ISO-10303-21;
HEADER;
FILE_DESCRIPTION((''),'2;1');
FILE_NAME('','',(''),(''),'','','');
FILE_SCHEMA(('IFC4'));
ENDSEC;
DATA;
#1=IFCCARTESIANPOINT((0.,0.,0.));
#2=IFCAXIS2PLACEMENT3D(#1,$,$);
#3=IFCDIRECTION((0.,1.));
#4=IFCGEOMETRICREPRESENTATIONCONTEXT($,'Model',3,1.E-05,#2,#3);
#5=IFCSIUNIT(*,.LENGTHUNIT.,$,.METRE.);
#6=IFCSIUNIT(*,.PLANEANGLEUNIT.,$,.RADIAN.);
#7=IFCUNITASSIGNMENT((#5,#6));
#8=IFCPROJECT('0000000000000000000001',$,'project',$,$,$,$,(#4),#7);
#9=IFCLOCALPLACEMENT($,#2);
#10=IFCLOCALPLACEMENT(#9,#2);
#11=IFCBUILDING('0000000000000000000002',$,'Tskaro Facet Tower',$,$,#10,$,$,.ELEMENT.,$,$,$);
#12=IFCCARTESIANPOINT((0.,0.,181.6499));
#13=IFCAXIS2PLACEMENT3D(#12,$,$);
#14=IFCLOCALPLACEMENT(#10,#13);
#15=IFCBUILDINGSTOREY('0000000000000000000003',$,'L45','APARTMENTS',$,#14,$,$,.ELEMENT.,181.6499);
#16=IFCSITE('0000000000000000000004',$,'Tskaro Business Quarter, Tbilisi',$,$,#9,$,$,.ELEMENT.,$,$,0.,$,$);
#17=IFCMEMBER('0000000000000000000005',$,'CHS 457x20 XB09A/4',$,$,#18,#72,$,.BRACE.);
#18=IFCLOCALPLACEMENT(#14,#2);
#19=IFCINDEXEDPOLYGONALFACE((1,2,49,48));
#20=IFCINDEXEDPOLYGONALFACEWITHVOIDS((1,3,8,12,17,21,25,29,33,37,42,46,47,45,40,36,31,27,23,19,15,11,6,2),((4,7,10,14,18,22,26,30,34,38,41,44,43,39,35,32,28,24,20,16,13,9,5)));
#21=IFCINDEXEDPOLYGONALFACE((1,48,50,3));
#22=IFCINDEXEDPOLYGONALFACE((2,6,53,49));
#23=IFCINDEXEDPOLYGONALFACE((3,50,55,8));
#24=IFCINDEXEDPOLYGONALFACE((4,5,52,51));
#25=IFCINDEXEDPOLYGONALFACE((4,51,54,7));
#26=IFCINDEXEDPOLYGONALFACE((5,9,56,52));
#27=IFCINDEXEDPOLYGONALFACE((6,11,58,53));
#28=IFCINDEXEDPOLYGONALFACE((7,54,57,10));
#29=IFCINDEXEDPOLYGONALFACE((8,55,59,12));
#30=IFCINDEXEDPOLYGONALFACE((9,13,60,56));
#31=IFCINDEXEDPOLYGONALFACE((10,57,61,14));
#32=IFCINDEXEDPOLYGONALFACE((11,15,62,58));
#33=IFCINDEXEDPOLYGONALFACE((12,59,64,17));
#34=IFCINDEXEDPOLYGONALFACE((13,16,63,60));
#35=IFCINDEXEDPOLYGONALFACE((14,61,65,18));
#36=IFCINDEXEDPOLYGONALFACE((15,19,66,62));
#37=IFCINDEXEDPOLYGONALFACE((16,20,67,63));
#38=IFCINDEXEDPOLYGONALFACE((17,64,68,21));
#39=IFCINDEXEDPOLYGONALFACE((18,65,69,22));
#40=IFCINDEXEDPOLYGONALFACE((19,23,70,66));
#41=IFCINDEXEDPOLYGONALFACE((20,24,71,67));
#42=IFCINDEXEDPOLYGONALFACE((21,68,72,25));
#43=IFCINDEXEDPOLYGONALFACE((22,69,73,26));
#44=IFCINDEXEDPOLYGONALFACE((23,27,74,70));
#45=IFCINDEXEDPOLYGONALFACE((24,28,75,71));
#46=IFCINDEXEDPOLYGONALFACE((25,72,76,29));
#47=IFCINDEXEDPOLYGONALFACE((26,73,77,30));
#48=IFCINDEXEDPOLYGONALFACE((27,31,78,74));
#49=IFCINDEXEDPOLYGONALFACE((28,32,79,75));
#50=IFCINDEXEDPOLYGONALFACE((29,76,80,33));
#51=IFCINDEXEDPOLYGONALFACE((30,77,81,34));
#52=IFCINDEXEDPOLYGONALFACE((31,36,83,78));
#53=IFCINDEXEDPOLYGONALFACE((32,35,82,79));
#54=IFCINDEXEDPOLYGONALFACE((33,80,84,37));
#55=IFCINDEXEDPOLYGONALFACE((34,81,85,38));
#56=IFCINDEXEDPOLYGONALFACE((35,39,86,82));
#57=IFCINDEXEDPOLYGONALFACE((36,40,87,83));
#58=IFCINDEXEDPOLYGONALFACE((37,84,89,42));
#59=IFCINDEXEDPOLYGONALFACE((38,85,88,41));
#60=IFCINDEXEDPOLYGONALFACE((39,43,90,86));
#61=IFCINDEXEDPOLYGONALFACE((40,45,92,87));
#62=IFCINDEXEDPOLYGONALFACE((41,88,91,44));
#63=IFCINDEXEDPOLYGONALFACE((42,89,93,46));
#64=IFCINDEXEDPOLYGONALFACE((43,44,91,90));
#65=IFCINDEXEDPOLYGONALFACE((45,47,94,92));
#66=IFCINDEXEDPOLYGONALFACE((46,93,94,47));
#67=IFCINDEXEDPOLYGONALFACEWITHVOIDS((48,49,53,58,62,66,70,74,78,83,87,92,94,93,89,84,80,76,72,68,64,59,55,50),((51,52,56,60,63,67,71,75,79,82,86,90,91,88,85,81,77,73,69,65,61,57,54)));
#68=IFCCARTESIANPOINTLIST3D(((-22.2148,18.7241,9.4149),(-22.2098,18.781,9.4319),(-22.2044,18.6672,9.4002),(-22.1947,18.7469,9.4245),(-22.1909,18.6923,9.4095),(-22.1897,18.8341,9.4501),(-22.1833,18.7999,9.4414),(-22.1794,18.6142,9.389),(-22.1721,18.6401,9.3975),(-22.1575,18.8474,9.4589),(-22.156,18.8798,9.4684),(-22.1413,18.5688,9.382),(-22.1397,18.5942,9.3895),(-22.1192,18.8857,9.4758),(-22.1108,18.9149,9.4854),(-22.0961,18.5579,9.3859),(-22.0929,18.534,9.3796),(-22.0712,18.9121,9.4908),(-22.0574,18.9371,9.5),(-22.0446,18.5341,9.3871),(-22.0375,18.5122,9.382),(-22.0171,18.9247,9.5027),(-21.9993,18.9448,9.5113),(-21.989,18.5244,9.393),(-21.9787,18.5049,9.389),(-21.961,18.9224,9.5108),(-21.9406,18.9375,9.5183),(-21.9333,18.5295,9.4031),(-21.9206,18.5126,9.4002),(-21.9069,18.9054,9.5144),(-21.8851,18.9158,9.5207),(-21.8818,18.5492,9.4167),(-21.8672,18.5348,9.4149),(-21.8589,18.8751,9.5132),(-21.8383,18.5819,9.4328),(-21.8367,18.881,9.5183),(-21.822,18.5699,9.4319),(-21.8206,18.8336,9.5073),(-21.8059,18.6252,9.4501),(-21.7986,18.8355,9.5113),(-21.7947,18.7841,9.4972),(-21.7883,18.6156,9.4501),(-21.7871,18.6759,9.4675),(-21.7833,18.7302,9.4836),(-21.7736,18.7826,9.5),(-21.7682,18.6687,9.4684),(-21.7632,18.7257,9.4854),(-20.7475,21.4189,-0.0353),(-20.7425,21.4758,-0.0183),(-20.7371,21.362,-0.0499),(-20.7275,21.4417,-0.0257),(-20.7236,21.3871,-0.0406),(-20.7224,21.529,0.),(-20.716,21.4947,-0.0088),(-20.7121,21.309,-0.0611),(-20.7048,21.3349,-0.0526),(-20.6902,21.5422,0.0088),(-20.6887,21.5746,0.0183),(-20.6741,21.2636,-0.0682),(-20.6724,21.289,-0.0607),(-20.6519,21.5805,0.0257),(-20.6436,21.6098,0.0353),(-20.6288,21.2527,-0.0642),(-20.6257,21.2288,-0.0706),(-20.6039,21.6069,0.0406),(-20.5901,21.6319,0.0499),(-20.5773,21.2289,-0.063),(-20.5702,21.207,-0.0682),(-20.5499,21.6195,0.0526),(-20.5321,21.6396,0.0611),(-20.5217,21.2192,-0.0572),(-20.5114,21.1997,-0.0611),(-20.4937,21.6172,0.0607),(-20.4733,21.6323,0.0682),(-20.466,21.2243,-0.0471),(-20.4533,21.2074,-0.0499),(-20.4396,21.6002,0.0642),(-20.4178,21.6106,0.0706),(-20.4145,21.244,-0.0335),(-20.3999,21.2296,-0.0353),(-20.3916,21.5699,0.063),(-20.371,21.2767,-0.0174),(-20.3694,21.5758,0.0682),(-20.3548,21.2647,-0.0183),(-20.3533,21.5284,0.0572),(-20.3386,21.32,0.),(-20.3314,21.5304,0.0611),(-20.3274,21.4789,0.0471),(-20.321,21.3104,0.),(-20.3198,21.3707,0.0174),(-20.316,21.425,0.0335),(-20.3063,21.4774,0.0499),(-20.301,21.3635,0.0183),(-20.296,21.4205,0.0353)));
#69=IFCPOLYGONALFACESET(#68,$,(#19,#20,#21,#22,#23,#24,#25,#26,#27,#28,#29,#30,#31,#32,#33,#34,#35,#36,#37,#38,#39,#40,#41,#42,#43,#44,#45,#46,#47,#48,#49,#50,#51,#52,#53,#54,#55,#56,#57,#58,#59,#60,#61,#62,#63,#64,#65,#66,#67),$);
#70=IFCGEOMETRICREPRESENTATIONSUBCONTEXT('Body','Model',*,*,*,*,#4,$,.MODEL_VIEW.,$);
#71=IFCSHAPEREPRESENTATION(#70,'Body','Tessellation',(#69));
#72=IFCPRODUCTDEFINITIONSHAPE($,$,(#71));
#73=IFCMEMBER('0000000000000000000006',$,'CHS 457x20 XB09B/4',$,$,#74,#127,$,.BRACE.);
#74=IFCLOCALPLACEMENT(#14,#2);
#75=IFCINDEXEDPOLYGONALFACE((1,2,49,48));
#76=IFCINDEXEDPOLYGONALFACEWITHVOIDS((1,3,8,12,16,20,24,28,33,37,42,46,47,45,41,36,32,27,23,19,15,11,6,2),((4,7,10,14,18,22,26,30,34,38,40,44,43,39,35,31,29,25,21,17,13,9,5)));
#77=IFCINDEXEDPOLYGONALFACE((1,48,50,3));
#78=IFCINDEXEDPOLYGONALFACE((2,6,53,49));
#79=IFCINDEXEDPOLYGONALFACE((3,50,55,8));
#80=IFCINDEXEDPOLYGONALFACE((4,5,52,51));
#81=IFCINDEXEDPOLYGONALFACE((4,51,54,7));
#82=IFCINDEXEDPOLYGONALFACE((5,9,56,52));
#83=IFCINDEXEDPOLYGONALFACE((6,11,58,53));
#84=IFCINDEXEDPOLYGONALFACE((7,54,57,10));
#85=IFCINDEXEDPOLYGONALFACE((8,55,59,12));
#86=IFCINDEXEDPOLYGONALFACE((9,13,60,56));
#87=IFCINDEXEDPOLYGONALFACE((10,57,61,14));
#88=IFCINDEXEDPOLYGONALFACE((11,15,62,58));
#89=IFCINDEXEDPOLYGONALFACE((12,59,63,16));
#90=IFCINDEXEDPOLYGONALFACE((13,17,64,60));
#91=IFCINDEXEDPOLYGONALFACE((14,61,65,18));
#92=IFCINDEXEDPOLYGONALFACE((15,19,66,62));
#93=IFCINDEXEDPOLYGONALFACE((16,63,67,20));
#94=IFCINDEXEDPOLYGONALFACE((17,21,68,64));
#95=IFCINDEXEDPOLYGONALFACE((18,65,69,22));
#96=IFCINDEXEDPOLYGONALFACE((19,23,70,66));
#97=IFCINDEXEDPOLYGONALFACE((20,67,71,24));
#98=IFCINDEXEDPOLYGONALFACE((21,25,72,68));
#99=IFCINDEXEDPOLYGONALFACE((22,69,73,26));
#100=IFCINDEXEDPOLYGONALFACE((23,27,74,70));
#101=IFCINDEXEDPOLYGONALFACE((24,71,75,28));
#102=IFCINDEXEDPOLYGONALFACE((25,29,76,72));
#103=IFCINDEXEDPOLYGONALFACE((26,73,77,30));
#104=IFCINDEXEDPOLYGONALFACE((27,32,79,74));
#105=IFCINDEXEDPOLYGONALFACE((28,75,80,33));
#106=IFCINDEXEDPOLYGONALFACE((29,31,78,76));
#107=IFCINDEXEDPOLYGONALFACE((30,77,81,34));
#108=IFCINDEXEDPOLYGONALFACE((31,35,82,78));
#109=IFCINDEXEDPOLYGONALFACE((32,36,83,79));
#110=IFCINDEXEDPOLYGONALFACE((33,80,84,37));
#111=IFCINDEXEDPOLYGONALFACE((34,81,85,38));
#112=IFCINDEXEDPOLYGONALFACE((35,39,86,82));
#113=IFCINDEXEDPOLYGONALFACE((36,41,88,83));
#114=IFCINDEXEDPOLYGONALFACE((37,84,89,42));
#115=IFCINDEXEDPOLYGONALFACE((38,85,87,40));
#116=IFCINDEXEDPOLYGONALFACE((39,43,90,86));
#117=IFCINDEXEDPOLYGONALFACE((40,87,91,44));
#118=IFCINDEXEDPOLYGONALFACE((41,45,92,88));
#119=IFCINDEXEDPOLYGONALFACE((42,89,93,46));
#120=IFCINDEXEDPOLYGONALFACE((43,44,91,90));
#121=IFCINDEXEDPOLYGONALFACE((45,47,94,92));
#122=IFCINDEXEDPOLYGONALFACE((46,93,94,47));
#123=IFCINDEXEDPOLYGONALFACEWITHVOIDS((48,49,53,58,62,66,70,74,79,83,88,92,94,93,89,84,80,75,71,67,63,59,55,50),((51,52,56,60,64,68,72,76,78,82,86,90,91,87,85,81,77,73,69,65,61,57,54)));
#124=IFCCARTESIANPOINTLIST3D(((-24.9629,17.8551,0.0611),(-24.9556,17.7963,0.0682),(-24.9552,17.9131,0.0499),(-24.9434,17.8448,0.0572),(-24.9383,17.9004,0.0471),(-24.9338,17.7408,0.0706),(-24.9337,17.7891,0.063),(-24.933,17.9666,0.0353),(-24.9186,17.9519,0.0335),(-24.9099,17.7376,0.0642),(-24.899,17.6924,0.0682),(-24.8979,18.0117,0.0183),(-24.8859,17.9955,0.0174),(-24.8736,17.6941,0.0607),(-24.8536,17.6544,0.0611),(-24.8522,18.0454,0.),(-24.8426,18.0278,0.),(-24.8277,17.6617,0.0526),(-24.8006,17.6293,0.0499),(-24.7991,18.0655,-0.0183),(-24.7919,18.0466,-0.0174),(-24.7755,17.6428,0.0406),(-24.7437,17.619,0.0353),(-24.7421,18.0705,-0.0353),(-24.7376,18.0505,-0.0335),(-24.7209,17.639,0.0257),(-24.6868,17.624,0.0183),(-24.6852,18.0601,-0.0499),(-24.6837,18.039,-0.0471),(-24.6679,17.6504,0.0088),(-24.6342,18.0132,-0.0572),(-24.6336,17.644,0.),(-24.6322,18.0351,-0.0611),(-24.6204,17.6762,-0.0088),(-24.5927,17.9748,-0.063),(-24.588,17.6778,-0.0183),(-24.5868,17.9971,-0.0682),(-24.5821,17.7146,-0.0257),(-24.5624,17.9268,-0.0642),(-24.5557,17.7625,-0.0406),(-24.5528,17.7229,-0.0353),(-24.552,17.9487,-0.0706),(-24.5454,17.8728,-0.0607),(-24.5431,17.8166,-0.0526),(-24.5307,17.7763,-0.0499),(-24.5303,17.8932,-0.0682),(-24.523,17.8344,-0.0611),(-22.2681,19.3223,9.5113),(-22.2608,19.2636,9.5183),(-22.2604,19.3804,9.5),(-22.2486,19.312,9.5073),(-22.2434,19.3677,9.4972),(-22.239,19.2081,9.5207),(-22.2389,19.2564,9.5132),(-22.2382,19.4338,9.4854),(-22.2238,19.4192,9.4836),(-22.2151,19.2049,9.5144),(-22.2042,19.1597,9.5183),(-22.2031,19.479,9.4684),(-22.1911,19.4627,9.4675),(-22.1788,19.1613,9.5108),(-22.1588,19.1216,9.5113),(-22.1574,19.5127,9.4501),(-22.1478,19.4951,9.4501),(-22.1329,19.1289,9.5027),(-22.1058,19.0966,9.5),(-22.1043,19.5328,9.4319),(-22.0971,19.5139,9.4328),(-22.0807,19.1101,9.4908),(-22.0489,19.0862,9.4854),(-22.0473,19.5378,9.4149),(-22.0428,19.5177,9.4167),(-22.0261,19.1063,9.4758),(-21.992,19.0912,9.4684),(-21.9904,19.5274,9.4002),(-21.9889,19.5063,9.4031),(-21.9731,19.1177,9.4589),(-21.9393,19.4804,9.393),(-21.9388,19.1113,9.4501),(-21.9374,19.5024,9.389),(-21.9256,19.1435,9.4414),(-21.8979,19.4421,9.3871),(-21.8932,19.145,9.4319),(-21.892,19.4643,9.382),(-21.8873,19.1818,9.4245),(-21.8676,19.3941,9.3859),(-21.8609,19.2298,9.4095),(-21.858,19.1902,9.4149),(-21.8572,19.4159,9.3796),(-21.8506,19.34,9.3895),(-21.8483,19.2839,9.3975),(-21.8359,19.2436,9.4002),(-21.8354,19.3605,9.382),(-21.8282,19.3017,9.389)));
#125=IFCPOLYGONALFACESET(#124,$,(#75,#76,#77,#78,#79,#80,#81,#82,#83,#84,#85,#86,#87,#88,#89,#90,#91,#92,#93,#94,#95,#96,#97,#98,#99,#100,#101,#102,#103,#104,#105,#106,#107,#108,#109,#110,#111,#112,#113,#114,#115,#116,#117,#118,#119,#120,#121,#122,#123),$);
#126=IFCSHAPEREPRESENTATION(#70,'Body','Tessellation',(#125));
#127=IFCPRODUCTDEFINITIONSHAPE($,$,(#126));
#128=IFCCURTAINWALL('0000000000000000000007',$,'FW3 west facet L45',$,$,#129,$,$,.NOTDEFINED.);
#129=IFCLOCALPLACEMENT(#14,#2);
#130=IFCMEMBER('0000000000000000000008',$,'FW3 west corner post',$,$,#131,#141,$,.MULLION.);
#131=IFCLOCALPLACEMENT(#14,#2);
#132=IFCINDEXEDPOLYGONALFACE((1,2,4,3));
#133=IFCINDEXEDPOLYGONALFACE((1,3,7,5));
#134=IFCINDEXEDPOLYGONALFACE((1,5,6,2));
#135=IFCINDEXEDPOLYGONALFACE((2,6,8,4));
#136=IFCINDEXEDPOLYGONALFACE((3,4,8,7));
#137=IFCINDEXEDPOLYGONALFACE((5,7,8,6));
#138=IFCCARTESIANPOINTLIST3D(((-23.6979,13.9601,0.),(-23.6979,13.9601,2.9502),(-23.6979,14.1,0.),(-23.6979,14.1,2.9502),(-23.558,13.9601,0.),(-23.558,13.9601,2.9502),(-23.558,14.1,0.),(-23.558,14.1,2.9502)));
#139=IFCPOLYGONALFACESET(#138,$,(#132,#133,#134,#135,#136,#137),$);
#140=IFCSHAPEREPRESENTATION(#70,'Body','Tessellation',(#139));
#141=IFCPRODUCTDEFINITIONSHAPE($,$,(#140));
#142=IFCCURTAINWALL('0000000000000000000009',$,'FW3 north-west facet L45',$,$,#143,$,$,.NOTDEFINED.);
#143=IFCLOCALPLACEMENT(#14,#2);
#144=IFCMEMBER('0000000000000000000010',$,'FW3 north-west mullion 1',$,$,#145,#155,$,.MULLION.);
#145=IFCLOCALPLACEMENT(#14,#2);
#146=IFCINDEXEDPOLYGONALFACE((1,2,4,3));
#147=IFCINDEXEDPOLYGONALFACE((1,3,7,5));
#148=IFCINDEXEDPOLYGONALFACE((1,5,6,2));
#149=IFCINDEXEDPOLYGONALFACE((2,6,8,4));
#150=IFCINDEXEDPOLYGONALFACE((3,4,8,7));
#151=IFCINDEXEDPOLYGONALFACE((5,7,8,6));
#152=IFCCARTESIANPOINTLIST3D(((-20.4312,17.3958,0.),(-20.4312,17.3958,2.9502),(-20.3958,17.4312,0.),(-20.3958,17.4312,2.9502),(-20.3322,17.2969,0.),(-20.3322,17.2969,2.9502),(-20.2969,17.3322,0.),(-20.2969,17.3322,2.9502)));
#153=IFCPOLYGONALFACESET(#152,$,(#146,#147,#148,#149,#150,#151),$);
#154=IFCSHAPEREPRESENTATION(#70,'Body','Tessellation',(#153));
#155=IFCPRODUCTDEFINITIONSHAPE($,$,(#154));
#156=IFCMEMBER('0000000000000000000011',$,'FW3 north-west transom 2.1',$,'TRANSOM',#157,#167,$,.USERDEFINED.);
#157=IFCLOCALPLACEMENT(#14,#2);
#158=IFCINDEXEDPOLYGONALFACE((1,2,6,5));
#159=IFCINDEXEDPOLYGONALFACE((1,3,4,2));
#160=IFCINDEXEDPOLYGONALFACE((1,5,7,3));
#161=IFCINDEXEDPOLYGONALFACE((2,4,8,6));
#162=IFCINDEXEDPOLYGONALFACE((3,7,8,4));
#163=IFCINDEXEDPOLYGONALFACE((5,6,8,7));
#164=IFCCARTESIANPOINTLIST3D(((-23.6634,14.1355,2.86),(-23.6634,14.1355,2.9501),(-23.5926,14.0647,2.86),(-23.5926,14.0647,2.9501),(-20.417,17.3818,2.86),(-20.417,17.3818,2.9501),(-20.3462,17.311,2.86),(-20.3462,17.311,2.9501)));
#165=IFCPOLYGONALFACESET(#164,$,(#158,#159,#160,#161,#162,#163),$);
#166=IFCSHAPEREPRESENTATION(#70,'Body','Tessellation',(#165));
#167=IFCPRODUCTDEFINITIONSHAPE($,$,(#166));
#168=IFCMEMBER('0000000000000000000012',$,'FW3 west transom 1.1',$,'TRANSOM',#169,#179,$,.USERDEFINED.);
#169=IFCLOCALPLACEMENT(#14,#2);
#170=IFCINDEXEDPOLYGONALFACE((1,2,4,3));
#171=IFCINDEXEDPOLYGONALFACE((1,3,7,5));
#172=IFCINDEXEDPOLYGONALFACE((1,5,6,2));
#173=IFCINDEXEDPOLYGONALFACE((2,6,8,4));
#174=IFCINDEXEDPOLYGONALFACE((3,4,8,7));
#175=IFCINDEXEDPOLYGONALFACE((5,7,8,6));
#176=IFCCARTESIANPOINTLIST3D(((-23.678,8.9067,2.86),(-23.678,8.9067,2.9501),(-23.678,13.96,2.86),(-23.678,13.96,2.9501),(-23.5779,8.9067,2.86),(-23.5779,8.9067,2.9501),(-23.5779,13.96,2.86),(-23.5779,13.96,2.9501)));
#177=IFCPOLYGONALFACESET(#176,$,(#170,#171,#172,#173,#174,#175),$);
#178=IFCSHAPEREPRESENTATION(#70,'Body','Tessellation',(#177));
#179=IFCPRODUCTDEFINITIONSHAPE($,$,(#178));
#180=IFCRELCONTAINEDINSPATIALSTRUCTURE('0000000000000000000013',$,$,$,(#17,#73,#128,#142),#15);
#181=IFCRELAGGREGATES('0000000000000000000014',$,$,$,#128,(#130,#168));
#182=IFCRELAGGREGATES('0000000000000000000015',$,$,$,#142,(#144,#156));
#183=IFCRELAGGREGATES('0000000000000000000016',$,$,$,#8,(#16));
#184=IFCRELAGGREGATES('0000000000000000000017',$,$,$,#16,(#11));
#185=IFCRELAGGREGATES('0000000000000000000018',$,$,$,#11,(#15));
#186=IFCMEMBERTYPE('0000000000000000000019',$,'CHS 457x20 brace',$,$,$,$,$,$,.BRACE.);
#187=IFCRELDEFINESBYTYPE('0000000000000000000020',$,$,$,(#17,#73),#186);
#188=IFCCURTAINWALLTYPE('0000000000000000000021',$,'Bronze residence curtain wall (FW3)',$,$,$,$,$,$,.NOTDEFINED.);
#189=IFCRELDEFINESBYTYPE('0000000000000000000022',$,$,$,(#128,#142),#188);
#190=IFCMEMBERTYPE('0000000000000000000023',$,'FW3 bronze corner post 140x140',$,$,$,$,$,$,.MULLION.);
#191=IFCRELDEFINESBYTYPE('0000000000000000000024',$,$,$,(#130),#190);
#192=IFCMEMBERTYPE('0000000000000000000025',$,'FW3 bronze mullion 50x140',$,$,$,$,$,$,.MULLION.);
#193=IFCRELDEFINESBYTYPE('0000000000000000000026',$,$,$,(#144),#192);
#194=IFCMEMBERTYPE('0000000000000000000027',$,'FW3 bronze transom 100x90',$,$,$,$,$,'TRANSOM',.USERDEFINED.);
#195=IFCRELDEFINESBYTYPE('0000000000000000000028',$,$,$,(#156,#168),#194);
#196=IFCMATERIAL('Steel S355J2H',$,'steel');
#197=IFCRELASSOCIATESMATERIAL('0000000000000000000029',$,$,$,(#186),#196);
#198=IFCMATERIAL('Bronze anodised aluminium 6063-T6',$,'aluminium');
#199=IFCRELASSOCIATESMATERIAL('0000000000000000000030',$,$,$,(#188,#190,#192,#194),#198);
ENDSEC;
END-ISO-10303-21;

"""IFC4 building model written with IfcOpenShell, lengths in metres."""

from ifc_helpers import new_model, si_unit, direction, frame, origin, origin_2d, place, context, subcontext, project, spatial, rectangle, hollow_circle, extrude, material, material_profile, profile_set, type_object, element, aggregate, save


model = new_model("IFC4")

# Units and contexts
model_context = context("Model", 3, precision=1e-05, world=origin(), true_north=direction((0.0, 1.0)))
body_context = subcontext(model_context, "Body", "Model", "MODEL_VIEW")
ifc_project = project(units=[si_unit("LENGTHUNIT", "METRE"), si_unit("PLANEANGLEUNIT", "RADIAN")], contexts=[model_context])

# Site, building, storey
site_placement = place(None, origin())
site = spatial("IfcSite", under=ifc_project, at=site_placement, Name="Tskaro Business Quarter, Tbilisi", CompositionType="ELEMENT", RefElevation=0.0)
building_placement = place(site_placement, origin())
building = spatial("IfcBuilding", under=site, at=building_placement, Name="Tskaro Facet Tower", CompositionType="ELEMENT")
storey_placement = place(building_placement, frame((0.0, 0.0, 181.6499)))
storey = spatial("IfcBuildingStorey", under=building, at=storey_placement, Name="L45", Description="APARTMENTS", CompositionType="ELEMENT", Elevation=181.6499)

# Shared definitions
ifc_material_1 = material(Name="Steel S355J2H", Category="steel")

# Members
ifc_material_profile_1 = material_profile(ifc_material_1, hollow_circle(Radius=0.2285, WallThickness=0.02, at=origin_2d()), Name="CHS 457x20")
ifc_profile_set_1 = profile_set([ifc_material_profile_1], Name="Steel S355J2H")
member_type_1 = type_object("IfcMemberType", Name="CHS 457x20 brace", PredefinedType="BRACE", material=ifc_profile_set_1)
for number, where, z_axis, x_axis, name in (
    (1, (-20.5217, 21.4197, 0.0), (-0.147676, -0.271222, 0.951121), (0.878254, -0.478194, 0.0), "CHS 457x20 XB09A/4"),
    (2, (-24.7429, 17.8447, 0.0), (0.271222, 0.147676, 0.951121), (-0.478194, 0.878254, 0.0), "CHS 457x20 XB09B/4"),
):
    element("IfcMember", number, at=place(storey_placement, frame(where, z_axis=z_axis, x_axis=x_axis)), inside=storey, type_object=member_type_1, Name=name, PredefinedType="BRACE", context=body_context, shape_type="SweptSolid", body=[
        extrude(hollow_circle(Radius=0.2285, WallThickness=0.02, at=origin_2d()), origin(), (0.0, 0.0, 1.0), 9.9358),
    ])

# Curtain wall, member
ifc_material_2 = material(Name="Bronze anodised aluminium 6063-T6", Category="aluminium")
curtain_wall_type = type_object("IfcCurtainWallType", Name="Bronze residence curtain wall (FW3)", PredefinedType="NOTDEFINED", material=ifc_material_2)
curtain_wall_1_placement = place(storey_placement, origin())
curtain_wall_1 = element("IfcCurtainWall", 3, at=curtain_wall_1_placement, inside=storey, type_object=curtain_wall_type, Name="FW3 west facet L45", PredefinedType="NOTDEFINED")
ifc_material_profile_2 = material_profile(ifc_material_2, rectangle(XDim=0.1399, YDim=0.1399, at=origin_2d()), Name="Corner post 140x140")
ifc_profile_set_2 = profile_set([ifc_material_profile_2], Name="Bronze anodised aluminium 6063-T6")
member_type_2 = type_object("IfcMemberType", Name="FW3 bronze corner post 140x140", PredefinedType="MULLION", material=ifc_profile_set_2)
member_1_placement = place(storey_placement, frame((-23.6279, 14.03, 0.0), z_axis=(0.0, 0.0, 1.0), x_axis=(0.0, -1.0, 0.0)))
member_1 = element("IfcMember", 4, at=member_1_placement, type_object=member_type_2, Name="FW3 west corner post", PredefinedType="MULLION", context=body_context, shape_type="SweptSolid", body=[
    extrude(rectangle(XDim=0.1399, YDim=0.1399, at=origin_2d()), origin(), (0.0, 0.0, 1.0), 2.9502),
])

# Curtain wall, members
curtain_wall_2_placement = place(storey_placement, origin())
curtain_wall_2 = element("IfcCurtainWall", 5, at=curtain_wall_2_placement, inside=storey, type_object=curtain_wall_type, Name="FW3 north-west facet L45", PredefinedType="NOTDEFINED")
ifc_material_profile_3 = material_profile(ifc_material_2, rectangle(XDim=0.05, YDim=0.1399, at=origin_2d()), Name="Mullion 50x140")
ifc_profile_set_3 = profile_set([ifc_material_profile_3], Name="Bronze anodised aluminium 6063-T6")
member_type_3 = type_object("IfcMemberType", Name="FW3 bronze mullion 50x140", PredefinedType="MULLION", material=ifc_profile_set_3)
member_2_placement = place(storey_placement, frame((-20.364, 17.364, 0.0), z_axis=(0.0, 0.0, 1.0), x_axis=(-0.707107, -0.707107, 0.0)))
member_2 = element("IfcMember", 6, at=member_2_placement, type_object=member_type_3, Name="FW3 north-west mullion 1", PredefinedType="MULLION", context=body_context, shape_type="SweptSolid", body=[
    extrude(rectangle(XDim=0.05, YDim=0.1399, at=origin_2d()), origin(), (0.0, 0.0, 1.0), 2.9502),
])
ifc_material_profile_4 = material_profile(ifc_material_2, rectangle(XDim=0.1001, YDim=0.0901, at=origin_2d()), Name="Transom 100x90")
ifc_profile_set_4 = profile_set([ifc_material_profile_4], Name="Bronze anodised aluminium 6063-T6")
member_type_4 = type_object("IfcMemberType", Name="FW3 bronze transom 100x90", ElementType="TRANSOM", PredefinedType="USERDEFINED", material=ifc_profile_set_4)
member_3_placement = place(storey_placement, frame((-20.3816, 17.3464, 2.905), z_axis=(-0.707107, -0.707107, 0.0), x_axis=(0.707107, -0.707107, 0.0)))
member_3 = element("IfcMember", 7, at=member_3_placement, type_object=member_type_4, Name="FW3 north-west transom 2.1", ObjectType="TRANSOM", PredefinedType="USERDEFINED", context=body_context, shape_type="SweptSolid", body=[
    extrude(rectangle(XDim=0.1001, YDim=0.0901, at=origin_2d()), origin(), (0.0, 0.0, 1.0), 4.5911),
])

# Member
member_4_placement = place(storey_placement, frame((-23.6279, 13.96, 2.905), z_axis=(0.0, -1.0, 0.0), x_axis=(1.0, 0.0, 0.0)))
member_4 = element("IfcMember", 8, at=member_4_placement, type_object=member_type_4, Name="FW3 west transom 1.1", ObjectType="TRANSOM", PredefinedType="USERDEFINED", context=body_context, shape_type="SweptSolid", body=[
    extrude(rectangle(XDim=0.1001, YDim=0.0901, at=origin_2d()), origin(), (0.0, 0.0, 1.0), 5.0532),
])
aggregate(curtain_wall_1, [member_1, member_4])

aggregate(curtain_wall_2, [member_2, member_3])

save(model, "model.ifc")
